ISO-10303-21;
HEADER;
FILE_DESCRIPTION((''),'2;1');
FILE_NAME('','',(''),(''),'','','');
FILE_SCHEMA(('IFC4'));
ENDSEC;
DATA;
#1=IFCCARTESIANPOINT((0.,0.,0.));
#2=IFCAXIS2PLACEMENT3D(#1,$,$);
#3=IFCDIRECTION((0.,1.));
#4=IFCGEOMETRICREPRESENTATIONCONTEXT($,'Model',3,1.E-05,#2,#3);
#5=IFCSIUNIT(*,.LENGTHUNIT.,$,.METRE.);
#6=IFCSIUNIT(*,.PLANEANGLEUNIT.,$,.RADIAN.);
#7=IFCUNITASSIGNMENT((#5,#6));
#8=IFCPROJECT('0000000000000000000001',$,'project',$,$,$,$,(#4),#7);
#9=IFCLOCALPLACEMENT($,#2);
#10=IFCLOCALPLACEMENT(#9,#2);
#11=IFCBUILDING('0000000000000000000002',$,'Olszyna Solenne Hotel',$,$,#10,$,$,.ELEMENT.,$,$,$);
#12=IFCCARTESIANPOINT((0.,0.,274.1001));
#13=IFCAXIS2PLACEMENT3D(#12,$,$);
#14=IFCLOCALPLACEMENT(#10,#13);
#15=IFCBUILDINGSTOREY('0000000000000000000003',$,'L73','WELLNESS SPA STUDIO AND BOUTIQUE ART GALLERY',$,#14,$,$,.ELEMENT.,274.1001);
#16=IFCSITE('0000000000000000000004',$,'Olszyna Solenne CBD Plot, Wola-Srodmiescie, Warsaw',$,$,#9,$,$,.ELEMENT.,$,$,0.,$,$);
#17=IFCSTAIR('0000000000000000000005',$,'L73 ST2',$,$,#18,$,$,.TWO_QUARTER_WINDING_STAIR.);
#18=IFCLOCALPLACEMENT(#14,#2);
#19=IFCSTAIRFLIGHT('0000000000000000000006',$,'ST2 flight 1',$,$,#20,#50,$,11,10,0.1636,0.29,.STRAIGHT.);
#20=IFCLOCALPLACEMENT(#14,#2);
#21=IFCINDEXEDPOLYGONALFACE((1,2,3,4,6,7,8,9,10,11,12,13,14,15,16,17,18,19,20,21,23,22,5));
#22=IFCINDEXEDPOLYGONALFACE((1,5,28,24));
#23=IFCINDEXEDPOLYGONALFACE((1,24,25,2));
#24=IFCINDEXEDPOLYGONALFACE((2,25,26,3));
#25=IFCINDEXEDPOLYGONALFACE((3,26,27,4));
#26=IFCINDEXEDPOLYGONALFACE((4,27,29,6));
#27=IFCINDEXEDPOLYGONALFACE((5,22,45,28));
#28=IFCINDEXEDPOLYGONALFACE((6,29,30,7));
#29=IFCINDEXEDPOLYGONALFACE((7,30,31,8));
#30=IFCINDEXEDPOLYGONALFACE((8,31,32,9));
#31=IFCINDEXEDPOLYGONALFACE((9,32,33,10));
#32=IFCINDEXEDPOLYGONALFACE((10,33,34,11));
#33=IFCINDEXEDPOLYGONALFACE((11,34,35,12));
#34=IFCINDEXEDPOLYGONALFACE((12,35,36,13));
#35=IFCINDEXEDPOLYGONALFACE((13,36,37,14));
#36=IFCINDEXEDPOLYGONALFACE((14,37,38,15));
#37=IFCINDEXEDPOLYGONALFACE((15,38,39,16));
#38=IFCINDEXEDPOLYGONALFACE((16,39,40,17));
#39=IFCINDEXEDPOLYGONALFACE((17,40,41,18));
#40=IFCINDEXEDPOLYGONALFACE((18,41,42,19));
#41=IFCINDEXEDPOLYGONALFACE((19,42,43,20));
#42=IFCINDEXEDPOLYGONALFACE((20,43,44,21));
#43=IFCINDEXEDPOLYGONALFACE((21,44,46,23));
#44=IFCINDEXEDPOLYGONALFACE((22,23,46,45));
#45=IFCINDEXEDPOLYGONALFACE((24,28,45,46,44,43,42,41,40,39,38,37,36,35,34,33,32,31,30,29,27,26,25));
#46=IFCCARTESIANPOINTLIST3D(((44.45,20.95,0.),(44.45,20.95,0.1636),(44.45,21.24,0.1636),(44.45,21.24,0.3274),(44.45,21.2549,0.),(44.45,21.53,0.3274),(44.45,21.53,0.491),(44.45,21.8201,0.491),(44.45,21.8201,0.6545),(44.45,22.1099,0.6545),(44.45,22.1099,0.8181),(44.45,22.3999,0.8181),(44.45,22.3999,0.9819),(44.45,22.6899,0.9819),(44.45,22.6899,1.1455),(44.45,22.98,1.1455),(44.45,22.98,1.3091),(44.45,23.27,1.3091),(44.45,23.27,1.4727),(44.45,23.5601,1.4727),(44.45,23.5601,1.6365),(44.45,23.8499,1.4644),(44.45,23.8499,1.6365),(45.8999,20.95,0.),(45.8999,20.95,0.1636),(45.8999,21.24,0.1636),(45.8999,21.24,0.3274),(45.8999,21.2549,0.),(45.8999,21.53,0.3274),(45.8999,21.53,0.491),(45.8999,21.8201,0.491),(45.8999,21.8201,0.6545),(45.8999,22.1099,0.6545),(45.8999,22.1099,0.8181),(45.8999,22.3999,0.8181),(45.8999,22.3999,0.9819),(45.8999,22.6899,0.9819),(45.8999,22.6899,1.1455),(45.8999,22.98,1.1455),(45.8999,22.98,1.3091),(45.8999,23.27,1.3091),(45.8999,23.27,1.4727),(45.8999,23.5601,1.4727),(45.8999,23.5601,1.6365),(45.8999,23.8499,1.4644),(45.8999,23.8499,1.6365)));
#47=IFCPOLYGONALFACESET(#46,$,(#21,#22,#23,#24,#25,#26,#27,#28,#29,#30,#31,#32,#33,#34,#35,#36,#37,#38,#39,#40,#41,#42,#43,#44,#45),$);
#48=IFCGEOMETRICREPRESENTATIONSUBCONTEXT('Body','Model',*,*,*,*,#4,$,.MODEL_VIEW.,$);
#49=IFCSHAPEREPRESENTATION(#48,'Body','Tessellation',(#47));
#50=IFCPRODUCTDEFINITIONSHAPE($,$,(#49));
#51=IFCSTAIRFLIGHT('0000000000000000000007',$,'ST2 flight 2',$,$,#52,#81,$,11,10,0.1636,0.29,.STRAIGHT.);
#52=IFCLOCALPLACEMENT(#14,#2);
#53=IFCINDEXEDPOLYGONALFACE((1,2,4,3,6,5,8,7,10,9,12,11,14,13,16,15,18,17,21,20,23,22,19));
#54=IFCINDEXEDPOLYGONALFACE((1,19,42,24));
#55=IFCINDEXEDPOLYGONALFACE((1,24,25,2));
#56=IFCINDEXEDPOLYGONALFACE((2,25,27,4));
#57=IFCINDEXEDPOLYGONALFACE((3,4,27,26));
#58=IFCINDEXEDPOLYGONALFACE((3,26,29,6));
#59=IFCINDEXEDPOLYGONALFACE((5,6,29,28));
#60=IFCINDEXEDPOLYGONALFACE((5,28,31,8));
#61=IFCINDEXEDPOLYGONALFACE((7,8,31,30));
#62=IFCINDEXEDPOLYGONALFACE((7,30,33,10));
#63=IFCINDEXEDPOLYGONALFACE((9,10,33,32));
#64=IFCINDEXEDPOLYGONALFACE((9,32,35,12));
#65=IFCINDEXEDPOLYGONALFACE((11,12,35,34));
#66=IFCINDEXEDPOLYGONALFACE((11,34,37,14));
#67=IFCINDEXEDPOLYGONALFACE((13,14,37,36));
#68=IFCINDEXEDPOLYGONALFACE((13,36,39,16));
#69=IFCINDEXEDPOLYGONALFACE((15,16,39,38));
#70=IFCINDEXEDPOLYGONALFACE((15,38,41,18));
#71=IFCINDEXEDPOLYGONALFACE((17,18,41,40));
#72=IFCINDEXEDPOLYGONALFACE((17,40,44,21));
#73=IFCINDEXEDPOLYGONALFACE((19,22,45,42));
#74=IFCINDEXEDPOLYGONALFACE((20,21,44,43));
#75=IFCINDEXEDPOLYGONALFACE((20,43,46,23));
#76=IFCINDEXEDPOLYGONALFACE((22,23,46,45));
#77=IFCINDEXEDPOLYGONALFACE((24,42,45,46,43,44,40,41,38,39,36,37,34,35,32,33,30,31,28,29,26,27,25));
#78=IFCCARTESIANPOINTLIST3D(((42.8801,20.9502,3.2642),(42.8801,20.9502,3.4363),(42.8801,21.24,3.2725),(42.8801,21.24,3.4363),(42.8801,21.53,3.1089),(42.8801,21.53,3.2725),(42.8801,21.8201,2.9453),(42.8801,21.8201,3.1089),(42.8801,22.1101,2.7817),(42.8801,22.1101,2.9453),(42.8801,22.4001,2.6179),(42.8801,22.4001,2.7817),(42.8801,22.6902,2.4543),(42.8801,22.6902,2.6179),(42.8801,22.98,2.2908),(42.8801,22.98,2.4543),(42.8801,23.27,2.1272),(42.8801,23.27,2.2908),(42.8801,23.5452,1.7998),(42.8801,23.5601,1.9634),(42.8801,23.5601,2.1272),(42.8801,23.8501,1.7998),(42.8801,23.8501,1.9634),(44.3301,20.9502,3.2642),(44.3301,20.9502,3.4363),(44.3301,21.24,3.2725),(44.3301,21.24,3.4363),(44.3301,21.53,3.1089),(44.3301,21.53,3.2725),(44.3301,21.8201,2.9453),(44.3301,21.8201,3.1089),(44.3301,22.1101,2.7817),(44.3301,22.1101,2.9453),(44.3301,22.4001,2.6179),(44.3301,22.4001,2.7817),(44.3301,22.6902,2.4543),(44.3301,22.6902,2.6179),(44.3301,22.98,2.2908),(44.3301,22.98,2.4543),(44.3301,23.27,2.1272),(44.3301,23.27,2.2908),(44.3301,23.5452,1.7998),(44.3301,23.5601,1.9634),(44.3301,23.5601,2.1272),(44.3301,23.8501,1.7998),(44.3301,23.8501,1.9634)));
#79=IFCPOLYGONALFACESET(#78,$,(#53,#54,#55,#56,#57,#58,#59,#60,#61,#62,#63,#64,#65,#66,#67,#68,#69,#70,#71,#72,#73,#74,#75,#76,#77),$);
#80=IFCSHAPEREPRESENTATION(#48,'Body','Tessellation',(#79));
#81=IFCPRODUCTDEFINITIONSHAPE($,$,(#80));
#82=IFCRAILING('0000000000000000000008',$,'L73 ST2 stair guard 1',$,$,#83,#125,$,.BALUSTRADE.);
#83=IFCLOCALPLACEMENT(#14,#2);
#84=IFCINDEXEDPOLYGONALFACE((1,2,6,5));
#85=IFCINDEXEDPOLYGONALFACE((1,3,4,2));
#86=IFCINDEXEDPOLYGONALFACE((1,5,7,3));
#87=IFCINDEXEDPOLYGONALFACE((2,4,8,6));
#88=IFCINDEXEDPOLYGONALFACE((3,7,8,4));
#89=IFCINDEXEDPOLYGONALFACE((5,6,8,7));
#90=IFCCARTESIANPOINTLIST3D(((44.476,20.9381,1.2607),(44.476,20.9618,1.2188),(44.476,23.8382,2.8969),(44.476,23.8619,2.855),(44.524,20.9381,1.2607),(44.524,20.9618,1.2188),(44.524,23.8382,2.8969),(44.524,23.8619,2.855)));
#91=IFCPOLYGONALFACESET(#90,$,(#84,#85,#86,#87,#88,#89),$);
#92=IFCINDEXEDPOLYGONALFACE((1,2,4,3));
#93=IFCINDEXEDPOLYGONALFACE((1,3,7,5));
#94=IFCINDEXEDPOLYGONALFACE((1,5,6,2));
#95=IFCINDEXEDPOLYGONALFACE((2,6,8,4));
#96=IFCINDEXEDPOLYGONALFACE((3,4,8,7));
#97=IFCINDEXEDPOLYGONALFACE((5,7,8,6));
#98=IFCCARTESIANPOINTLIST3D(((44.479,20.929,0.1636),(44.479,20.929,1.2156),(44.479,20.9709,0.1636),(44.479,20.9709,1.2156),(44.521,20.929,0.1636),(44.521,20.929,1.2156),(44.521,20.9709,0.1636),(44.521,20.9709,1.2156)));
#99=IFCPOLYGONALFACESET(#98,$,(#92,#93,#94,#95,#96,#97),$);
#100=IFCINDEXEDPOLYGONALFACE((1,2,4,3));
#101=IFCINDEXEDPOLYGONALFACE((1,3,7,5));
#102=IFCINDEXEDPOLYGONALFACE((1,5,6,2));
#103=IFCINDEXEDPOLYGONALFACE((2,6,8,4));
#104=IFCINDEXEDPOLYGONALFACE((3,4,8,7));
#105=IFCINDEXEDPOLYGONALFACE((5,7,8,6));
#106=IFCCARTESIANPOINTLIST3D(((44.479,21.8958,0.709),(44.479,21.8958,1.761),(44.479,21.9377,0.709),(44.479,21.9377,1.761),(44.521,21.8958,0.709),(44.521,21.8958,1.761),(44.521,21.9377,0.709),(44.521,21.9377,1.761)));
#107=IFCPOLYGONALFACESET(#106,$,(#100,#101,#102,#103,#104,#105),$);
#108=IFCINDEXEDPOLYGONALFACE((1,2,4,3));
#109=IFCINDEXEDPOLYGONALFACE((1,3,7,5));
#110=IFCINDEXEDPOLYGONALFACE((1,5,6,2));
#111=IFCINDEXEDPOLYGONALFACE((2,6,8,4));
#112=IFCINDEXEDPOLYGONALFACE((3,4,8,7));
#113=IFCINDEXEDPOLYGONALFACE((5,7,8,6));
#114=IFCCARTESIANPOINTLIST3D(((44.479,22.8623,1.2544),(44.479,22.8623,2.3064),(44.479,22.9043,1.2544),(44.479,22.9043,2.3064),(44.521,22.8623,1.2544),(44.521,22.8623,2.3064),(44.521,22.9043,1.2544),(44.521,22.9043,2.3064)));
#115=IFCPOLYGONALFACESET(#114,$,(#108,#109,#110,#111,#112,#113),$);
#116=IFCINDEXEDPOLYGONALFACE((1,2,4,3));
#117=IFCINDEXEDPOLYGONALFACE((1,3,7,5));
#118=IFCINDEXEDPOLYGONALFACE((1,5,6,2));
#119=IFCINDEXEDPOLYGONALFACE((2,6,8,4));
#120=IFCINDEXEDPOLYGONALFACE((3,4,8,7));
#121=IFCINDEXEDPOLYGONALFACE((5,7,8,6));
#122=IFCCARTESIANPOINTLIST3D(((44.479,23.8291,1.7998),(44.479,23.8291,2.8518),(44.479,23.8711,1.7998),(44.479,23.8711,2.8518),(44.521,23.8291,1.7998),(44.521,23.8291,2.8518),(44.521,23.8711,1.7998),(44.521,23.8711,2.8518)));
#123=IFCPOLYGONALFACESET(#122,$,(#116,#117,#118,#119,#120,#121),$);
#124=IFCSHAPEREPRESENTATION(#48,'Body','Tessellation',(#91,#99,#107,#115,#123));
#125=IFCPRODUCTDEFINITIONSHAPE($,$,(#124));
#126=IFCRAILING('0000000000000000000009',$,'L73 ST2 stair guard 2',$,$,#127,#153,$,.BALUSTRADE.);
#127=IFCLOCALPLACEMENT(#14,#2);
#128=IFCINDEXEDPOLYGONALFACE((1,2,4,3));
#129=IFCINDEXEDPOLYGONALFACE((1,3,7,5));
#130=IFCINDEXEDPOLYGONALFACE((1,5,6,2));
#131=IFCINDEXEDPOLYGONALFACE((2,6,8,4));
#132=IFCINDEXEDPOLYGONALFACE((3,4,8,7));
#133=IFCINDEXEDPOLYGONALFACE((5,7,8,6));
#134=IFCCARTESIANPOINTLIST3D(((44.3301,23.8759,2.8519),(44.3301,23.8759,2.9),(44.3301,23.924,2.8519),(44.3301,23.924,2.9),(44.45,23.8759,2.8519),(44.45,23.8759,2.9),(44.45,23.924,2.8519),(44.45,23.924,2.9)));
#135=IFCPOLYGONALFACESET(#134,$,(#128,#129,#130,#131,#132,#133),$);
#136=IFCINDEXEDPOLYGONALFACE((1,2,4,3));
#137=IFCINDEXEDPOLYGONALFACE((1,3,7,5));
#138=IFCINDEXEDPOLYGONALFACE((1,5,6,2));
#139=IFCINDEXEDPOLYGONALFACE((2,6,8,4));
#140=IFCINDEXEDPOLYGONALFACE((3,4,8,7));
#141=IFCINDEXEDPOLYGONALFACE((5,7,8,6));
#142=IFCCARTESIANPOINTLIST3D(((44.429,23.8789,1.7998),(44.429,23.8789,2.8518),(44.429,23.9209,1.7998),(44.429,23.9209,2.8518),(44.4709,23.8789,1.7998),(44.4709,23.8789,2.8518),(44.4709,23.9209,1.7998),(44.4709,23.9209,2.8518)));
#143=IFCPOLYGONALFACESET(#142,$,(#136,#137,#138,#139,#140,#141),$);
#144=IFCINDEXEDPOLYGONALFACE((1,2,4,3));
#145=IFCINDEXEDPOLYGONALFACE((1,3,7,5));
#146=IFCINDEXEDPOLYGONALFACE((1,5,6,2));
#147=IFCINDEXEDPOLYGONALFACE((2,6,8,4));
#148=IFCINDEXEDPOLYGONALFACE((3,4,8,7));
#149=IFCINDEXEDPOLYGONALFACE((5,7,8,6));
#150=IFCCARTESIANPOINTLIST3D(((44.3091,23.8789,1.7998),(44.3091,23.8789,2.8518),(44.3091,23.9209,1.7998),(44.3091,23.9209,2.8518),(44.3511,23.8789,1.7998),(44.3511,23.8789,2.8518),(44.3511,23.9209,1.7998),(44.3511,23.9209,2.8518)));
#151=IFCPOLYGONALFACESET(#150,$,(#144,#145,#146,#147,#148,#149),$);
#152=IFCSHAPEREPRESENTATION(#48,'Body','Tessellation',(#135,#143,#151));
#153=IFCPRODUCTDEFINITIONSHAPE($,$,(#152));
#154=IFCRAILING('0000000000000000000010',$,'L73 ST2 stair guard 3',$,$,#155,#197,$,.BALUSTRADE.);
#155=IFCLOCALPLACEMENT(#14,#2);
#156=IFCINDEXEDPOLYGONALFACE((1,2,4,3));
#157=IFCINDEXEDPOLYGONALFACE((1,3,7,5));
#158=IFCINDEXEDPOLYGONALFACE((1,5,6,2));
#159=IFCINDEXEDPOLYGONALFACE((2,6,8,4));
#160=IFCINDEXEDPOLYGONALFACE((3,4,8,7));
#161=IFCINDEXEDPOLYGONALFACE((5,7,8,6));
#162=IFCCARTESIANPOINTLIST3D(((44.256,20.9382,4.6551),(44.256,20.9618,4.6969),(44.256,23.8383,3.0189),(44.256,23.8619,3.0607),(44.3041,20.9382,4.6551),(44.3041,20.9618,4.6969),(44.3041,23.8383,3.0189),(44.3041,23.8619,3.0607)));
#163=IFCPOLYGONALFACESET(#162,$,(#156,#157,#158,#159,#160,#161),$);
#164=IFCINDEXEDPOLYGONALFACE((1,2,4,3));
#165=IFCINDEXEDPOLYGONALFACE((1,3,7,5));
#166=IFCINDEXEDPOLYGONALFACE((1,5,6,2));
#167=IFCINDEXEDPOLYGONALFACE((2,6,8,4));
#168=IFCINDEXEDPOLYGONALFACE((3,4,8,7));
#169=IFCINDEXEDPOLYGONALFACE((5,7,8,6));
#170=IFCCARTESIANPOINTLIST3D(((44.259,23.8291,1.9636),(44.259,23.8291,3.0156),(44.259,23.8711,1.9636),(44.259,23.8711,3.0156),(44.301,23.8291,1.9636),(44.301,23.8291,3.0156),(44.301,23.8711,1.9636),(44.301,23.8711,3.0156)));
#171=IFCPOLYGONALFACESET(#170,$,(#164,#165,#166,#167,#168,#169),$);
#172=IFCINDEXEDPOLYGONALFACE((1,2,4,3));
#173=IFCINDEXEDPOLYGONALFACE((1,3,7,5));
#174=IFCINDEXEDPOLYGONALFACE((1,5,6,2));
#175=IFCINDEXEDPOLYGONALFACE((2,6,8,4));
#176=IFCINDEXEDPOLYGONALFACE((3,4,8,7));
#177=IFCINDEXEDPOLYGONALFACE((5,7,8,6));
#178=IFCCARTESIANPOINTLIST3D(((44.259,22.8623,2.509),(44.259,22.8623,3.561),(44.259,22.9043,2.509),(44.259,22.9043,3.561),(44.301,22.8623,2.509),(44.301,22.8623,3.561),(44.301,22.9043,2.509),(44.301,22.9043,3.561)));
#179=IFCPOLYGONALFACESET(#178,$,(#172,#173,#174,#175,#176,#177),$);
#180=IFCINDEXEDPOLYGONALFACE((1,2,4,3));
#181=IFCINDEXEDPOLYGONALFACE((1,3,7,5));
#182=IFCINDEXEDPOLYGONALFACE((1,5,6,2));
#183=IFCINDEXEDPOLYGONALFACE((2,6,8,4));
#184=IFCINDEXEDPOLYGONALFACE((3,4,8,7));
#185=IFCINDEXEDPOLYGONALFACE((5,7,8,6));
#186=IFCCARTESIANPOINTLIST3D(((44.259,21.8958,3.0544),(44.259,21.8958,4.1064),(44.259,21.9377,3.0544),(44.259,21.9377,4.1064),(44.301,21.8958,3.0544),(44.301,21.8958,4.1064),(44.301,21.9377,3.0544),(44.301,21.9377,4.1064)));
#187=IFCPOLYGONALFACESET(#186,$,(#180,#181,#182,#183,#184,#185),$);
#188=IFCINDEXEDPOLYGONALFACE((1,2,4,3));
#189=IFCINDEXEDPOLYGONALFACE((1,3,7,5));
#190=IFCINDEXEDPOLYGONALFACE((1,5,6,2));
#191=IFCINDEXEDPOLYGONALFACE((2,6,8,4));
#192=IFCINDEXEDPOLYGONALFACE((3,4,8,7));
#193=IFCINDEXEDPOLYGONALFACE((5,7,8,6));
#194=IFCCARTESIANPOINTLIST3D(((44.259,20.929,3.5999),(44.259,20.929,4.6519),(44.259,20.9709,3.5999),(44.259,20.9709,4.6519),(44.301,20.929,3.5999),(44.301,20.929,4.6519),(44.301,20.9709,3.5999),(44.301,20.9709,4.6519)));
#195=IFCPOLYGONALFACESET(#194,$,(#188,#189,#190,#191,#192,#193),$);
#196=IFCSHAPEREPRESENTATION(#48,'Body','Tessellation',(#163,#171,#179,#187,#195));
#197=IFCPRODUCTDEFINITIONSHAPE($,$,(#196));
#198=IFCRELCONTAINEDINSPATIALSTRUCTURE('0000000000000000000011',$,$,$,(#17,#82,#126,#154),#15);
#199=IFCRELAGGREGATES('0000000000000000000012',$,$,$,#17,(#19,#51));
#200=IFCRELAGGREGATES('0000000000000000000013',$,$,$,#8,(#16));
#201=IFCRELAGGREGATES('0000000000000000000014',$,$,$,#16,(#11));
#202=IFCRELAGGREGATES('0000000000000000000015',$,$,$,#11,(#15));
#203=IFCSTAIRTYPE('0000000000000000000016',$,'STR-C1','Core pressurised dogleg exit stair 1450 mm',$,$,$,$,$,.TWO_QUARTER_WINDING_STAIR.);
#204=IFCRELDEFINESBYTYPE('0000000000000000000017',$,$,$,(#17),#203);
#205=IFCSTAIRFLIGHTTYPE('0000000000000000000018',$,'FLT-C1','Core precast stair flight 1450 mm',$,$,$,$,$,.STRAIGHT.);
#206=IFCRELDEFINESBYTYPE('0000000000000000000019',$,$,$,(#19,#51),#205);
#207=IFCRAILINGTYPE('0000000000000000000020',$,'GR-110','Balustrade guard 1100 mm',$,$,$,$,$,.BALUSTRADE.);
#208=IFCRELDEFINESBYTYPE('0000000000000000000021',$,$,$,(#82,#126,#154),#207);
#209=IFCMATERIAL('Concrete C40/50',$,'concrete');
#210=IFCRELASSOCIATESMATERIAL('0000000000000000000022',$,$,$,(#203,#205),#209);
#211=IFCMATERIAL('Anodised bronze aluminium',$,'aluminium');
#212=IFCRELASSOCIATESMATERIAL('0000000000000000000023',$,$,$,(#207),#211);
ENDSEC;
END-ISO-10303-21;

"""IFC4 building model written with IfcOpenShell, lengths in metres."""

from ifc_helpers import new_model, si_unit, direction, frame, origin, origin_2d, place, context, subcontext, project, spatial, polyline, rectangle, outline, extrude, material, type_object, element, aggregate, save


model = new_model("IFC4")

# Units and contexts
model_context = context("Model", 3, precision=1e-05, world=origin(), true_north=direction((0.0, 1.0)))
body_context = subcontext(model_context, "Body", "Model", "MODEL_VIEW")
ifc_project = project(units=[si_unit("LENGTHUNIT", "METRE"), si_unit("PLANEANGLEUNIT", "RADIAN")], contexts=[model_context])

# Site, building, storey
site_placement = place(None, origin())
site = spatial("IfcSite", under=ifc_project, at=site_placement, Name="Olszyna Solenne CBD Plot, Wola-Srodmiescie, Warsaw", CompositionType="ELEMENT", RefElevation=0.0)
building_placement = place(site_placement, origin())
building = spatial("IfcBuilding", under=site, at=building_placement, Name="Olszyna Solenne Hotel", CompositionType="ELEMENT")
storey_placement = place(building_placement, frame((0.0, 0.0, 274.1001)))
storey = spatial("IfcBuildingStorey", under=building, at=storey_placement, Name="L73", Description="WELLNESS SPA STUDIO AND BOUTIQUE ART GALLERY", CompositionType="ELEMENT", Elevation=274.1001)

# Shared definitions
ifc_material_1 = material(Name="Anodised bronze aluminium", Category="aluminium")

# Stair, stair flights
ifc_material_2 = material(Name="Concrete C40/50", Category="concrete")
stair_type = type_object("IfcStairType", Name="STR-C1", Description="Core pressurised dogleg exit stair 1450 mm", PredefinedType="TWO_QUARTER_WINDING_STAIR", material=ifc_material_2)
stair_placement = place(storey_placement, origin())
stair = element("IfcStair", 1, at=stair_placement, inside=storey, type_object=stair_type, Name="L73 ST2", PredefinedType="TWO_QUARTER_WINDING_STAIR")
stair_flight_type = type_object("IfcStairFlightType", Name="FLT-C1", Description="Core precast stair flight 1450 mm", PredefinedType="STRAIGHT", material=ifc_material_2)
stair_flight_1_placement = place(storey_placement, frame((45.175, 20.95, 0.0), z_axis=(0.0, 0.0, 1.0), x_axis=(0.0, 1.0, 0.0)))
stair_flight_1 = element("IfcStairFlight", 2, at=stair_flight_1_placement, type_object=stair_flight_type, Name="ST2 flight 1", NumberOfRisers=11, NumberOfTreads=10, PredefinedType="STRAIGHT", RiserHeight=0.1636, TreadLength=0.29, context=body_context, shape_type="SweptSolid", body=[
    extrude(outline(polyline([(0.0, 0.0), (0.0, 0.1636), (0.29, 0.1636), (0.29, 0.3274), (0.5801, 0.3274), (0.5801, 0.491), (0.8701, 0.491), (0.8701, 0.6545), (1.1599, 0.6545), (1.1599, 0.8181), (1.45, 0.8181), (1.45, 0.9819), (1.74, 0.9819), (1.74, 1.1455), (2.03, 1.1455), (2.03, 1.3091), (2.3201, 1.3091), (2.3201, 1.4727), (2.6101, 1.4727), (2.6101, 1.6365), (2.8999, 1.6365), (2.8999, 1.8), (2.8999, 1.4644), (0.3049, 0.0), (0.0, 0.0)])), frame((0.0, 0.7251, 0.0), z_axis=(0.0, -1.0, 0.0), x_axis=(1.0, 0.0, 0.0)), (0.0, 0.0, 1.0), 1.45),
])
stair_flight_2_placement = place(storey_placement, frame((43.605, 23.8501, 1.7998), z_axis=(0.0, 0.0, 1.0), x_axis=(0.0, -1.0, 0.0)))
stair_flight_2 = element("IfcStairFlight", 3, at=stair_flight_2_placement, type_object=stair_flight_type, Name="ST2 flight 2", NumberOfRisers=11, NumberOfTreads=10, PredefinedType="STRAIGHT", RiserHeight=0.1636, TreadLength=0.29, context=body_context, shape_type="SweptSolid", body=[
    extrude(outline(polyline([(0.0, 0.0), (0.0, 0.1636), (0.29, 0.1636), (0.29, 0.3274), (0.5801, 0.3274), (0.5801, 0.491), (0.8701, 0.491), (0.8701, 0.6545), (1.1599, 0.6545), (1.1599, 0.8181), (1.45, 0.8181), (1.45, 0.9819), (1.74, 0.9819), (1.74, 1.1455), (2.03, 1.1455), (2.03, 1.3091), (2.3201, 1.3091), (2.3201, 1.4727), (2.6101, 1.4727), (2.6101, 1.6365), (2.8999, 1.6365), (2.8999, 1.8), (2.8999, 1.4644), (0.3049, 0.0), (0.0, 0.0)])), frame((0.0, 0.7251, 0.0), z_axis=(0.0, -1.0, 0.0), x_axis=(1.0, 0.0, 0.0)), (0.0, 0.0, 1.0), 1.45),
])
aggregate(stair, [stair_flight_1, stair_flight_2])

# Railings
railing_type_1 = type_object("IfcRailingType", Name="GR-110", Description="Balustrade guard 1100 mm", PredefinedType="BALUSTRADE", material=ifc_material_1)
railing_1_placement = place(storey_placement, frame((44.5, 20.95, 0.1636)))
element("IfcRailing", 4, at=railing_1_placement, inside=storey, type_object=railing_type_1, Name="L73 ST2 stair guard 1", PredefinedType="BALUSTRADE", context=body_context, shape_type="SweptSolid", body=[
    extrude(rectangle(XDim=0.0481, YDim=0.0481, at=origin_2d()), frame((0.0, 0.0, 1.0762), z_axis=(0.0, 0.870946, 0.491378), x_axis=(-1.0, 0.0, 0.0)), (0.0, 0.0, 1.0), 3.3298),
    extrude(rectangle(XDim=0.042, YDim=0.042, at=origin_2d()), origin(), (0.0, 0.0, 1.0), 1.052),
    extrude(rectangle(XDim=0.042, YDim=0.042, at=origin_2d()), frame((0.0, 0.9668, 0.5454)), (0.0, 0.0, 1.0), 1.052),
    extrude(rectangle(XDim=0.042, YDim=0.042, at=origin_2d()), frame((0.0, 1.9333, 1.0908)), (0.0, 0.0, 1.0), 1.052),
    extrude(rectangle(XDim=0.042, YDim=0.042, at=origin_2d()), frame((0.0, 2.9001, 1.6362)), (0.0, 0.0, 1.0), 1.052),
])
railing_2_placement = place(storey_placement, frame((44.45, 23.8999, 1.7998)))
element("IfcRailing", 5, at=railing_2_placement, inside=storey, type_object=railing_type_1, Name="L73 ST2 stair guard 2", PredefinedType="BALUSTRADE", context=body_context, shape_type="SweptSolid", body=[
    extrude(rectangle(XDim=0.0481, YDim=0.0481, at=origin_2d()), frame((0.0, 0.0, 1.0762), z_axis=(-1.0, 0.0, 0.0), x_axis=(0.0, -1.0, 0.0)), (0.0, 0.0, 1.0), 0.1199),
    extrude(rectangle(XDim=0.042, YDim=0.042, at=origin_2d()), origin(), (0.0, 0.0, 1.0), 1.052),
    extrude(rectangle(XDim=0.042, YDim=0.042, at=origin_2d()), frame((-0.1199, 0.0, 0.0)), (0.0, 0.0, 1.0), 1.052),
])
railing_3_placement = place(storey_placement, frame((44.28, 23.8501, 1.9636)))
element("IfcRailing", 6, at=railing_3_placement, inside=storey, type_object=railing_type_1, Name="L73 ST2 stair guard 3", PredefinedType="BALUSTRADE", context=body_context, shape_type="SweptSolid", body=[
    extrude(rectangle(XDim=0.0481, YDim=0.0481, at=origin_2d()), frame((0.0, 0.0, 1.0762), z_axis=(0.0, -0.870946, 0.491378), x_axis=(1.0, 0.0, 0.0)), (0.0, 0.0, 1.0), 3.3298),
    extrude(rectangle(XDim=0.042, YDim=0.042, at=origin_2d()), origin(), (0.0, 0.0, 1.0), 1.052),
    extrude(rectangle(XDim=0.042, YDim=0.042, at=origin_2d()), frame((0.0, -0.9668, 0.5454)), (0.0, 0.0, 1.0), 1.052),
    extrude(rectangle(XDim=0.042, YDim=0.042, at=origin_2d()), frame((0.0, -1.9333, 1.0908)), (0.0, 0.0, 1.0), 1.052),
    extrude(rectangle(XDim=0.042, YDim=0.042, at=origin_2d()), frame((0.0, -2.9001, 1.6362)), (0.0, 0.0, 1.0), 1.052),
])

save(model, "model.ifc")
